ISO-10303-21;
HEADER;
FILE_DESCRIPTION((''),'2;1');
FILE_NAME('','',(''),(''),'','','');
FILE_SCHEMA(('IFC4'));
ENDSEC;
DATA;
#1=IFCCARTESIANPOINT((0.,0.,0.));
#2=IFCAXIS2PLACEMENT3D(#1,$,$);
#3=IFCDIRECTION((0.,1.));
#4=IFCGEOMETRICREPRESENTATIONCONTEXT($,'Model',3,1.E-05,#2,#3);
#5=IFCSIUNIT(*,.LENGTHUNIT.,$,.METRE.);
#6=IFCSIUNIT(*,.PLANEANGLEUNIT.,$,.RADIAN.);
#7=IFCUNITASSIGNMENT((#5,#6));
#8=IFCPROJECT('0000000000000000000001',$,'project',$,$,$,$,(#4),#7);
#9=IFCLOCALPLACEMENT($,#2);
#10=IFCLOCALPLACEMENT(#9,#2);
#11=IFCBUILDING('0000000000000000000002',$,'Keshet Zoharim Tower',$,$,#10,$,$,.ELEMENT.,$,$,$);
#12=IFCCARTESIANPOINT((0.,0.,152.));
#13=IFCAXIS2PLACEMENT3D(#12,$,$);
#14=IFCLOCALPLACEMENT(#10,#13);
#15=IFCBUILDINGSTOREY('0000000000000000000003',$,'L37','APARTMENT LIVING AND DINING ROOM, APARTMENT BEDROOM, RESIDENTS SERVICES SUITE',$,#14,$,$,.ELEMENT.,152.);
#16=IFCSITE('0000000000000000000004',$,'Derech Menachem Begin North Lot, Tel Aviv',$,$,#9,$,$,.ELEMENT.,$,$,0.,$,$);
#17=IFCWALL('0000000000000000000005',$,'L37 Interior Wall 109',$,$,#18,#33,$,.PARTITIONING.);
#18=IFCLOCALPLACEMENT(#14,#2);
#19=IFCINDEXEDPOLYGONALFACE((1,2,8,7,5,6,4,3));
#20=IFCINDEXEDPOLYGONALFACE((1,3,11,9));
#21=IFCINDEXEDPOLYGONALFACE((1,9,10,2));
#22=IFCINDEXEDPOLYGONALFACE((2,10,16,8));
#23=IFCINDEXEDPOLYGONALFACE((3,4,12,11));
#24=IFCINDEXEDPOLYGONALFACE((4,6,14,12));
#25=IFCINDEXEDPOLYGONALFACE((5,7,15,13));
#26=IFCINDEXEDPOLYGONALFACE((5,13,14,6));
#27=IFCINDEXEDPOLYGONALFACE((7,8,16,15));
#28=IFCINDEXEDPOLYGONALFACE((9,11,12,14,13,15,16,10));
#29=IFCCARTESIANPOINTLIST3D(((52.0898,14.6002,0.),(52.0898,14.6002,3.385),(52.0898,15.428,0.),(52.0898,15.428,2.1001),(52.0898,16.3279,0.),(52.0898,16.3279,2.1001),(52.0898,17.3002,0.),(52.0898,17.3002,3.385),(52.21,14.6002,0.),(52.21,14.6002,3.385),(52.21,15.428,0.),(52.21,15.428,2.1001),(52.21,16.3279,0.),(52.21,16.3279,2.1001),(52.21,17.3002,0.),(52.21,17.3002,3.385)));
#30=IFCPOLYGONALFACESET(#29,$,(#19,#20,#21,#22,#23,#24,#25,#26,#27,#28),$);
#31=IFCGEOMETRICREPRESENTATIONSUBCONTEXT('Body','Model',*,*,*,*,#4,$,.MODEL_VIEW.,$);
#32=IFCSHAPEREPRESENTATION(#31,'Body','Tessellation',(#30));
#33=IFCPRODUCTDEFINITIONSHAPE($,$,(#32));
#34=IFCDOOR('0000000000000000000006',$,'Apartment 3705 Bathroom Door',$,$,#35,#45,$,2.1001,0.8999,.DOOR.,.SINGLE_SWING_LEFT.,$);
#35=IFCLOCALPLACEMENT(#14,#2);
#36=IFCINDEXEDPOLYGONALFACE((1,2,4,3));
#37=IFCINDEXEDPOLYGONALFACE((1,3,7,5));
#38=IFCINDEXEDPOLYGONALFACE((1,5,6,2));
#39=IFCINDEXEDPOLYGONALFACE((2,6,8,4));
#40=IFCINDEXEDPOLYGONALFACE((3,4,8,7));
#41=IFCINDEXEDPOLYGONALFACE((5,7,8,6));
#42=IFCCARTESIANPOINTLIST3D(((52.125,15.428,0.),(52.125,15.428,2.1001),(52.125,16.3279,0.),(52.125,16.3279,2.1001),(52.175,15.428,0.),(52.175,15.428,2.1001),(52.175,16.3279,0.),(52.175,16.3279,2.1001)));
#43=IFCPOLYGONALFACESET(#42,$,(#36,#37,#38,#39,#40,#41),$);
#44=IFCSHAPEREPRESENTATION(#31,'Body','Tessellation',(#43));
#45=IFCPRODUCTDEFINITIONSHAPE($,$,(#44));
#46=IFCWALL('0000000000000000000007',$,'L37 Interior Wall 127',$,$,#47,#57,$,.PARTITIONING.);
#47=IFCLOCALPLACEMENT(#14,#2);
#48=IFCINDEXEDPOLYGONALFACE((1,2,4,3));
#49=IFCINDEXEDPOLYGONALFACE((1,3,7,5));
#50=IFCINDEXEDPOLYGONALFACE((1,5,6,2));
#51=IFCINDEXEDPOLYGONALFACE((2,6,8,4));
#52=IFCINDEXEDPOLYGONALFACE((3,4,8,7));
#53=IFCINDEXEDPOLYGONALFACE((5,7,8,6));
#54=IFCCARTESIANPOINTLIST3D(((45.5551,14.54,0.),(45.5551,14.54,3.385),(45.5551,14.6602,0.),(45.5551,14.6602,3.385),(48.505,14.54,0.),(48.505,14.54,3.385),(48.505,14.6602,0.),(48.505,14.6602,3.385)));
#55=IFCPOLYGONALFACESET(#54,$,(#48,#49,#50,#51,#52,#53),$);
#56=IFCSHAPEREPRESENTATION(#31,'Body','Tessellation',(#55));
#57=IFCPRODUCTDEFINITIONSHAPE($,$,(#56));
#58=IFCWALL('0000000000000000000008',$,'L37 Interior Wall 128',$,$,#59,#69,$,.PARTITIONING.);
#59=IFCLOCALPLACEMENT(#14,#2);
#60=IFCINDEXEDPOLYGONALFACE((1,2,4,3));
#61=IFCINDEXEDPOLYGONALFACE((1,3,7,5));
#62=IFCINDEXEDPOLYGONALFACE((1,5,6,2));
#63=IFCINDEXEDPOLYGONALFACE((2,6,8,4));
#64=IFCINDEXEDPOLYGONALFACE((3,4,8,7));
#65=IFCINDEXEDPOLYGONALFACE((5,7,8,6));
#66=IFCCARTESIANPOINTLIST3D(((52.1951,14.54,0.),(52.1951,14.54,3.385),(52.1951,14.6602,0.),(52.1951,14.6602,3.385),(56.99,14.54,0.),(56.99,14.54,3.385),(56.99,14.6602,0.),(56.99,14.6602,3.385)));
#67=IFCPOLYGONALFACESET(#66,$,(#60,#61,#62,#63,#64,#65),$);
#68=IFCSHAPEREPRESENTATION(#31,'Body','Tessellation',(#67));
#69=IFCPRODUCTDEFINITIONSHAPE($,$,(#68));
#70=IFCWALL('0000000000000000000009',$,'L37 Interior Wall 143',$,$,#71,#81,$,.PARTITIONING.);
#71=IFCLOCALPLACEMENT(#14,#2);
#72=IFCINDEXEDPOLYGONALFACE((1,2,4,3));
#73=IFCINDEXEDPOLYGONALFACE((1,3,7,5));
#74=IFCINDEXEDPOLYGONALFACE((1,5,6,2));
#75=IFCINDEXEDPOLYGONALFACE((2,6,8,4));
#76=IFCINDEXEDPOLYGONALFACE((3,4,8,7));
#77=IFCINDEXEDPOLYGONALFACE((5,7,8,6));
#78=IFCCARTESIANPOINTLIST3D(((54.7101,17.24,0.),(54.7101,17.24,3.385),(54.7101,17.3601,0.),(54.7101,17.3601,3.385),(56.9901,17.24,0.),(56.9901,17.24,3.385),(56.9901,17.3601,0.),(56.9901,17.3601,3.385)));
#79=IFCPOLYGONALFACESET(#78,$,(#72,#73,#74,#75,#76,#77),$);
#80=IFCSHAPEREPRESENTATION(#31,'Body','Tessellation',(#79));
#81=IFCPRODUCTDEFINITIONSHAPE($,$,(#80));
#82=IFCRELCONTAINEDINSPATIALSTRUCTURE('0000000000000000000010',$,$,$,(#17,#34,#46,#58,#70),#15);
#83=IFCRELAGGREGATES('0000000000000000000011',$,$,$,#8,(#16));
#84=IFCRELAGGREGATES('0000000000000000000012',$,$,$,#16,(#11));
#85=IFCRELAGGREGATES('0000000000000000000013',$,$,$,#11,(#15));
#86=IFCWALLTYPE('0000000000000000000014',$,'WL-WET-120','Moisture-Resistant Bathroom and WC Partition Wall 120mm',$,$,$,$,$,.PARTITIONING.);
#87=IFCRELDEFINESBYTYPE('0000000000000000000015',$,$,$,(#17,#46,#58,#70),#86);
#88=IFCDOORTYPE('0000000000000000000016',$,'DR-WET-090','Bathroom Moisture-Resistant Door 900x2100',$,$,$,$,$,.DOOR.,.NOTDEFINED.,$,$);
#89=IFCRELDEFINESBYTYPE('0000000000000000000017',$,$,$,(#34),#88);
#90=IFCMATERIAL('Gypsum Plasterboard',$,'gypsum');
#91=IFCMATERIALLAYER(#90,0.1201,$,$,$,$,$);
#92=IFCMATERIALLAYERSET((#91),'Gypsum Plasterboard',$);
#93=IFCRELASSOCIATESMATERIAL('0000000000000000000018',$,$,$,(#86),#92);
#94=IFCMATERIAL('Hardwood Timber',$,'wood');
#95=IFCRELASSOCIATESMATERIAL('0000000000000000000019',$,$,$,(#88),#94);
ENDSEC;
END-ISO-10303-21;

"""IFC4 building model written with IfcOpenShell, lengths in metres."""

from ifc_helpers import new_model, si_unit, direction, frame, frame_2d, origin, place, context, subcontext, project, spatial, rectangle, extrude, material, layer, layer_set, type_object, element, fill, save


model = new_model("IFC4")

# Units and contexts
model_context = context("Model", 3, precision=1e-05, world=origin(), true_north=direction((0.0, 1.0)))
body_context = subcontext(model_context, "Body", "Model", "MODEL_VIEW")
ifc_project = project(units=[si_unit("LENGTHUNIT", "METRE"), si_unit("PLANEANGLEUNIT", "RADIAN")], contexts=[model_context])

# Site, building, storey
site_placement = place(None, origin())
site = spatial("IfcSite", under=ifc_project, at=site_placement, Name="Derech Menachem Begin North Lot, Tel Aviv", CompositionType="ELEMENT", RefElevation=0.0)
building_placement = place(site_placement, origin())
building = spatial("IfcBuilding", under=site, at=building_placement, Name="Keshet Zoharim Tower", CompositionType="ELEMENT")
storey_placement = place(building_placement, frame((0.0, 0.0, 152.0)))
storey = spatial("IfcBuildingStorey", under=building, at=storey_placement, Name="L37", Description="APARTMENT LIVING AND DINING ROOM, APARTMENT BEDROOM, RESIDENTS SERVICES SUITE", CompositionType="ELEMENT", Elevation=152.0)

# Shared definitions
ifc_material_1 = material(Name="Gypsum Plasterboard", Category="gypsum")

# Shared definitions
ifc_material_2 = material(Name="Hardwood Timber", Category="wood")

# Shared definitions
ifc_layer_1 = layer(ifc_material_1, 0.1201)
ifc_layer_set_1 = layer_set([ifc_layer_1], Name="Gypsum Plasterboard")
wall_type_1 = type_object("IfcWallType", Name="WL-WET-120", Description="Moisture-Resistant Bathroom and WC Partition Wall 120mm", PredefinedType="PARTITIONING", material=ifc_layer_set_1)
door_type_1 = type_object("IfcDoorType", Name="DR-WET-090", Description="Bathroom Moisture-Resistant Door 900x2100", OperationType="NOTDEFINED", PredefinedType="DOOR", material=ifc_material_2)

# Wall, opening, door
wall_1_placement = place(storey_placement, frame((52.1499, 14.6001, 0.0), z_axis=(0.0, 0.0, 1.0), x_axis=(0.0, 1.0, 0.0)))
wall_1 = element("IfcWall", 1, at=wall_1_placement, inside=storey, type_object=wall_type_1, Name="L37 Interior Wall 109", PredefinedType="PARTITIONING", context=body_context, shape_type="SweptSolid", body=[
    extrude(rectangle(XDim=2.7, YDim=0.1201, at=frame_2d((1.3501, 0.0))), origin(), (0.0, 0.0, 1.0), 3.385),
])
opening_1_placement = place(wall_1_placement, frame((0.8279, 0.0, 0.0)))
opening_1 = element("IfcOpeningElement", 2, at=opening_1_placement, cuts=wall_1, PredefinedType="OPENING", context=body_context, shape_type="SweptSolid", body=[
    extrude(rectangle(XDim=0.8999, YDim=2.1001, at=frame_2d((0.45, 1.05))), frame((0.0, 0.0701, 0.0), z_axis=(0.0, -1.0, 0.0), x_axis=(1.0, 0.0, 0.0)), (0.0, 0.0, 1.0), 0.1401),
])
door_1_placement = place(opening_1_placement, origin())
door_1 = element("IfcDoor", 3, at=door_1_placement, inside=storey, type_object=door_type_1, Name="Apartment 3705 Bathroom Door", OperationType="SINGLE_SWING_LEFT", OverallHeight=2.1001, OverallWidth=0.8999, PredefinedType="DOOR", context=body_context, shape_type="SweptSolid", body=[
    extrude(rectangle(XDim=0.8999, YDim=2.1001, at=frame_2d((0.45, 1.05))), frame((0.0, 0.0249, 0.0), z_axis=(0.0, -1.0, 0.0), x_axis=(1.0, 0.0, 0.0)), (0.0, 0.0, 1.0), 0.05),
])
fill(opening_1, door_1)

# Walls
wall_2_placement = place(storey_placement, frame((45.5549, 14.6001, 0.0), z_axis=(0.0, 0.0, 1.0), x_axis=(1.0, 0.0, 0.0)))
element("IfcWall", 4, at=wall_2_placement, inside=storey, type_object=wall_type_1, Name="L37 Interior Wall 127", PredefinedType="PARTITIONING", context=body_context, shape_type="SweptSolid", body=[
    extrude(rectangle(XDim=2.95, YDim=0.1201, at=frame_2d((1.4751, 0.0))), origin(), (0.0, 0.0, 1.0), 3.385),
])
wall_3_placement = place(storey_placement, frame((52.1951, 14.6001, 0.0), z_axis=(0.0, 0.0, 1.0), x_axis=(1.0, 0.0, 0.0)))
element("IfcWall", 5, at=wall_3_placement, inside=storey, type_object=wall_type_1, Name="L37 Interior Wall 128", PredefinedType="PARTITIONING", context=body_context, shape_type="SweptSolid", body=[
    extrude(rectangle(XDim=4.7949, YDim=0.1201, at=frame_2d((2.3975, 0.0))), origin(), (0.0, 0.0, 1.0), 3.385),
])
wall_4_placement = place(storey_placement, frame((54.71, 17.3, 0.0), z_axis=(0.0, 0.0, 1.0), x_axis=(1.0, 0.0, 0.0)))
element("IfcWall", 6, at=wall_4_placement, inside=storey, type_object=wall_type_1, Name="L37 Interior Wall 143", PredefinedType="PARTITIONING", context=body_context, shape_type="SweptSolid", body=[
    extrude(rectangle(XDim=2.28, YDim=0.1201, at=frame_2d((1.1401, 0.0))), origin(), (0.0, 0.0, 1.0), 3.385),
])

save(model, "model.ifc")
